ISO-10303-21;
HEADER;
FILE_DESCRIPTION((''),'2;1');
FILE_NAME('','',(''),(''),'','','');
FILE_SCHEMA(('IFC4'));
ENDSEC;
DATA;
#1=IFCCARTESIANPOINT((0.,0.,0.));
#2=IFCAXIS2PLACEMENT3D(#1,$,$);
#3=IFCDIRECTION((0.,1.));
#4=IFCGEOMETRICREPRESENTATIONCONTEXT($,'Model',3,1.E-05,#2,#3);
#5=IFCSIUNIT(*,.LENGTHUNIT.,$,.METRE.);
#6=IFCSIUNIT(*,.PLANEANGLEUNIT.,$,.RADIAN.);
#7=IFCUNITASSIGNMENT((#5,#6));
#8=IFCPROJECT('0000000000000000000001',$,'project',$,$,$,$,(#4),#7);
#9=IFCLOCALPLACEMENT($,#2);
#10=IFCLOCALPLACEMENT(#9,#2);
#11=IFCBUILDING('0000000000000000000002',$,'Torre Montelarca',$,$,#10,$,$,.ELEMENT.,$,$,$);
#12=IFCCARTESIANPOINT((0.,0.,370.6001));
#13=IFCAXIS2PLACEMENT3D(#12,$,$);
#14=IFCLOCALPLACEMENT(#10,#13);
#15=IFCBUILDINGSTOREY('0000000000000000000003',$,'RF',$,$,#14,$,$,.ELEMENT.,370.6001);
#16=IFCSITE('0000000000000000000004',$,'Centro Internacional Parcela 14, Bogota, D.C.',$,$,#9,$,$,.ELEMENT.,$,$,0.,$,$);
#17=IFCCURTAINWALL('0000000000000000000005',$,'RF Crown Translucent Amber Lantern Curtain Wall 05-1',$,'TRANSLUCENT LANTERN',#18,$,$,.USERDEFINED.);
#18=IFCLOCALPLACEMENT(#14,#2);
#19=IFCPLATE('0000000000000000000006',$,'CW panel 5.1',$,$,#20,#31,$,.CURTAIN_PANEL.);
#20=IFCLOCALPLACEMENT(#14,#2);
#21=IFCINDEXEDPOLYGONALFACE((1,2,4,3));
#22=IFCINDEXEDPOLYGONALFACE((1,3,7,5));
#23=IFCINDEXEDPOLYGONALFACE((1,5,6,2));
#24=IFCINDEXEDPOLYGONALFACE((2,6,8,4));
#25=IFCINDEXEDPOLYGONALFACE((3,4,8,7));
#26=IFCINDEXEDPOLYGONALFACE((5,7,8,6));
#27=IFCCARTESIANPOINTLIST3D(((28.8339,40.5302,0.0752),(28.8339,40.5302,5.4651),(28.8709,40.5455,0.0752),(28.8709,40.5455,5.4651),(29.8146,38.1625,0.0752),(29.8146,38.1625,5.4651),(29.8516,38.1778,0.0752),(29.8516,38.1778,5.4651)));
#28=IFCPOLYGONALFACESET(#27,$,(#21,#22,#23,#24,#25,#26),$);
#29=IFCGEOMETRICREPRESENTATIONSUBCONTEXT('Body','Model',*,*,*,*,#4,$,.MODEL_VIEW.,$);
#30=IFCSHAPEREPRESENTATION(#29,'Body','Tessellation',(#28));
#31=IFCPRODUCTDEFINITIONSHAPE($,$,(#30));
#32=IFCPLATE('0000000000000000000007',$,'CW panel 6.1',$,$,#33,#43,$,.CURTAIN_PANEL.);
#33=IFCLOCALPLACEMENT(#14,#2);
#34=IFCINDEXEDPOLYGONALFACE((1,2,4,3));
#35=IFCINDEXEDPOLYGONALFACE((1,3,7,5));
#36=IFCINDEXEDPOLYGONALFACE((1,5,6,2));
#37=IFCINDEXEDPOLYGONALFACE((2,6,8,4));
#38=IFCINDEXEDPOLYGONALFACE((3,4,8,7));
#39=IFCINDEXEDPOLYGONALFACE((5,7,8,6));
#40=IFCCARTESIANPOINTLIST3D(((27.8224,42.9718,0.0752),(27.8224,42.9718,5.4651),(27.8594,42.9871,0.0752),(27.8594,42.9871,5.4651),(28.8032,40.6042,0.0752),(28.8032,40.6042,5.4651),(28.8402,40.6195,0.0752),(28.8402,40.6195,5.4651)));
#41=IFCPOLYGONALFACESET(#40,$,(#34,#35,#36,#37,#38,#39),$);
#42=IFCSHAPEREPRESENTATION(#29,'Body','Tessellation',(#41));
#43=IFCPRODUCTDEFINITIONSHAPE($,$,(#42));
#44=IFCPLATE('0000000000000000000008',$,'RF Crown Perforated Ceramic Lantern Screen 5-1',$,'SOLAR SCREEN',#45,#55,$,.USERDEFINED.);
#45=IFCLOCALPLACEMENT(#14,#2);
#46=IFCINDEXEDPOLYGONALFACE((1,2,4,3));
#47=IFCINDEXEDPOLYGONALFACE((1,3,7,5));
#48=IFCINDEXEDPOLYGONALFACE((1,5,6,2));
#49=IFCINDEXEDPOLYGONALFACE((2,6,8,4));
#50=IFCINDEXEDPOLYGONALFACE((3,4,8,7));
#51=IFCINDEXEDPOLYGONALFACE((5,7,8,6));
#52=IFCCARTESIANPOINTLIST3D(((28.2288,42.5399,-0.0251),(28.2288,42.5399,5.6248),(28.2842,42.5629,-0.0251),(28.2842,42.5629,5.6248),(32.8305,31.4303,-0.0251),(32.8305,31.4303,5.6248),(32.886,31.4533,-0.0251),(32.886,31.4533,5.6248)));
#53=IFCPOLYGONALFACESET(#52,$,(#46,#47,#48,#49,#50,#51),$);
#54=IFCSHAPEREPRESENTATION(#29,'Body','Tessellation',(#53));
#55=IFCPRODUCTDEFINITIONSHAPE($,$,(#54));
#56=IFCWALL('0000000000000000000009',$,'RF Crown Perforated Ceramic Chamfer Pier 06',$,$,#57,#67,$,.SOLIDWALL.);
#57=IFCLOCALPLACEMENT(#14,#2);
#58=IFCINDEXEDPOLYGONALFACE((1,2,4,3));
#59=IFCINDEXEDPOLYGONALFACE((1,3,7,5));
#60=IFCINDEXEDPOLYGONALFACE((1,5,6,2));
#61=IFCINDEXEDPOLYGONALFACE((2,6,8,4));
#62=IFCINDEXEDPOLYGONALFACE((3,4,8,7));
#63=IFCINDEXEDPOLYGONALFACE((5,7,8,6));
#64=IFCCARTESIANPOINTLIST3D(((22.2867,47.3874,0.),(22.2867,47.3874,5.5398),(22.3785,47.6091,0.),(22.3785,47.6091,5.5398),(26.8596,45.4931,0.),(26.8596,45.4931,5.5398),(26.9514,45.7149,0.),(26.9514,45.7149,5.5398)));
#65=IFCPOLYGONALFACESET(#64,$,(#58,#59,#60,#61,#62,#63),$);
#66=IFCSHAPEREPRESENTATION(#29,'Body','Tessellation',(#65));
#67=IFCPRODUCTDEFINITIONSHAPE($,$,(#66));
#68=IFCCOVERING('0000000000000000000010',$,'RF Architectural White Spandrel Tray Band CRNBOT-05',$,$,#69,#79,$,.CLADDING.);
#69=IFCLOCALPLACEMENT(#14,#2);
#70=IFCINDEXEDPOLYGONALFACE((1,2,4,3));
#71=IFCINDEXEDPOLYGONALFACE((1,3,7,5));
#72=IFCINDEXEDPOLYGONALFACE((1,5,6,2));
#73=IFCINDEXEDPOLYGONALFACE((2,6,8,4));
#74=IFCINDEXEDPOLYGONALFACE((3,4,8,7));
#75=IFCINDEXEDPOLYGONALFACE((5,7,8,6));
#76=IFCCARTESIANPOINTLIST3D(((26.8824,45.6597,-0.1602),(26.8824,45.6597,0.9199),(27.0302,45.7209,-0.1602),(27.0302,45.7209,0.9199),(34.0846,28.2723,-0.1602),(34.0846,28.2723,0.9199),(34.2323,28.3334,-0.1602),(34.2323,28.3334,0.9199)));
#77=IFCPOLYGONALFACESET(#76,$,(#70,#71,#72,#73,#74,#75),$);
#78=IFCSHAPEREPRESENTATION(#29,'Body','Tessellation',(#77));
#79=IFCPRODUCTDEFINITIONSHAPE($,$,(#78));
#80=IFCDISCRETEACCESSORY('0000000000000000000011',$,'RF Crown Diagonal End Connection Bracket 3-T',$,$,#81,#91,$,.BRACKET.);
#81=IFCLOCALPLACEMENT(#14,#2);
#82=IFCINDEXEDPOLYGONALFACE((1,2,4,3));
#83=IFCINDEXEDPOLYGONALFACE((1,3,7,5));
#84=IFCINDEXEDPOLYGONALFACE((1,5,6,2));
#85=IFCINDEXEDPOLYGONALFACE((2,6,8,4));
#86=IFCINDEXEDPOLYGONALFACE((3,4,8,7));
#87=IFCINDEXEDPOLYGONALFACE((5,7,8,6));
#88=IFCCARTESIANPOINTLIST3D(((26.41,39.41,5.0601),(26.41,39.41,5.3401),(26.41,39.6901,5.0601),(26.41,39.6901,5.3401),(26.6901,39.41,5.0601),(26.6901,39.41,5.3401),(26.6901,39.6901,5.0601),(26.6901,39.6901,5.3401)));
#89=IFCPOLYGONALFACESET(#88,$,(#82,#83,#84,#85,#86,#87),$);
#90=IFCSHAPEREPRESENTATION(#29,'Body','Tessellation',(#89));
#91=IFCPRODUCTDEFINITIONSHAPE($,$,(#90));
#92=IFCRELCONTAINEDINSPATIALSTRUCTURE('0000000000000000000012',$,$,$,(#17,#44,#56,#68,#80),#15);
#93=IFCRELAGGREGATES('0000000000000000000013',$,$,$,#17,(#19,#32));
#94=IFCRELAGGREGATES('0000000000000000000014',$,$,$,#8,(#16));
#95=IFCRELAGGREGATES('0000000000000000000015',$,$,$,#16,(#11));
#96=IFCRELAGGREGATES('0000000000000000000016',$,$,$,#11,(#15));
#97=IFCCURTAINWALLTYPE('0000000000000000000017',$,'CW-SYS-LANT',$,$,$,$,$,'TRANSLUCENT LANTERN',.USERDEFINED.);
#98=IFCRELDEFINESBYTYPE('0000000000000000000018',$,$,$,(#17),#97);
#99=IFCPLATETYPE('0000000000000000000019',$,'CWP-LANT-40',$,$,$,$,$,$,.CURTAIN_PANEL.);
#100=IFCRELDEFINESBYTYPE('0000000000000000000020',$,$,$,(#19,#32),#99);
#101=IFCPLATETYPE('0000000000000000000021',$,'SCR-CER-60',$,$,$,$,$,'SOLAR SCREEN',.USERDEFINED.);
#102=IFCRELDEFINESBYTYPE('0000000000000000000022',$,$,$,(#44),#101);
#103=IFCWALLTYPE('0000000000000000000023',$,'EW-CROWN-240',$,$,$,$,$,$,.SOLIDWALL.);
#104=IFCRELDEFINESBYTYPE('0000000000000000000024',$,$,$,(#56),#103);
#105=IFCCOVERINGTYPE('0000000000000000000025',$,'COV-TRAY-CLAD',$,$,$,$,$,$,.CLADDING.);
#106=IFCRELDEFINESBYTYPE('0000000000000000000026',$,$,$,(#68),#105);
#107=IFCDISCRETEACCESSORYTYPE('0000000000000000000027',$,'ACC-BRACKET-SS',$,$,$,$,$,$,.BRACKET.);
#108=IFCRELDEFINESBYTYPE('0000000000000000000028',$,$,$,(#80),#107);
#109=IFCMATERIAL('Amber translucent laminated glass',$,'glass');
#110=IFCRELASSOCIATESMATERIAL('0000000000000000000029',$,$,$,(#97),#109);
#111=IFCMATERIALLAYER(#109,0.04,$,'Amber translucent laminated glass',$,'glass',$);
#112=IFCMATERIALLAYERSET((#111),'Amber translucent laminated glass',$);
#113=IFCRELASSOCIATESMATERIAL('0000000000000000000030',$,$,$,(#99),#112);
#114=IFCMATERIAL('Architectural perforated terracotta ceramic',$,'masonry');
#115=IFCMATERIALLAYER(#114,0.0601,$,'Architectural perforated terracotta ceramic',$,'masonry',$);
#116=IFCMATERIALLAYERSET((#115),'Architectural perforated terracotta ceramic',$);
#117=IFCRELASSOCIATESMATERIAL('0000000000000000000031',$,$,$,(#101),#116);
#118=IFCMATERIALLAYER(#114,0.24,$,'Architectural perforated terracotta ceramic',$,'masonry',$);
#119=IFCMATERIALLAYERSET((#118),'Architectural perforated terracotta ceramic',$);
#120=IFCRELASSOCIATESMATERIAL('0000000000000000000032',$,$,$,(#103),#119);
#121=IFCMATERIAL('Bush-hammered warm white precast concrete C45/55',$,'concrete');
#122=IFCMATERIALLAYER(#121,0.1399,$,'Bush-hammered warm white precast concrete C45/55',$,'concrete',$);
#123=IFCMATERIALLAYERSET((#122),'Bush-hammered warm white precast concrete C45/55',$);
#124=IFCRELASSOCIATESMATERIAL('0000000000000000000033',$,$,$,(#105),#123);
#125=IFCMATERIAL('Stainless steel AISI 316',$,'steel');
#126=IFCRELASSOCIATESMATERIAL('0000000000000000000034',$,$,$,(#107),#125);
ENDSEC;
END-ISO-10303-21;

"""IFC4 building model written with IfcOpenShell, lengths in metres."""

from ifc_helpers import new_model, si_unit, direction, frame, frame_2d, origin, origin_2d, place, context, subcontext, project, spatial, rectangle, extrude, source, transform, mapped, material, layer, layer_set, type_object, element, aggregate, save


model = new_model("IFC4")

# Units and contexts
model_context = context("Model", 3, precision=1e-05, world=origin(), true_north=direction((0.0, 1.0)))
body_context = subcontext(model_context, "Body", "Model", "MODEL_VIEW")
ifc_project = project(units=[si_unit("LENGTHUNIT", "METRE"), si_unit("PLANEANGLEUNIT", "RADIAN")], contexts=[model_context])

# Site, building, storey
site_placement = place(None, origin())
site = spatial("IfcSite", under=ifc_project, at=site_placement, Name="Centro Internacional Parcela 14, Bogota, D.C.", CompositionType="ELEMENT", RefElevation=0.0)
building_placement = place(site_placement, origin())
building = spatial("IfcBuilding", under=site, at=building_placement, Name="Torre Montelarca", CompositionType="ELEMENT")
storey_placement = place(building_placement, frame((0.0, 0.0, 370.6001)))
storey = spatial("IfcBuildingStorey", under=building, at=storey_placement, Name="RF", CompositionType="ELEMENT", Elevation=370.6001)

# Curtain wall, plates
ifc_material_1 = material(Name="Amber translucent laminated glass", Category="glass")
curtain_wall_type = type_object("IfcCurtainWallType", Name="CW-SYS-LANT", ElementType="TRANSLUCENT LANTERN", PredefinedType="USERDEFINED", material=ifc_material_1)
curtain_wall_placement = place(storey_placement, origin())
curtain_wall = element("IfcCurtainWall", 1, at=curtain_wall_placement, inside=storey, type_object=curtain_wall_type, Name="RF Crown Translucent Amber Lantern Curtain Wall 05-1", ObjectType="TRANSLUCENT LANTERN", PredefinedType="USERDEFINED")
ifc_layer_1 = layer(ifc_material_1, 0.04, Name="Amber translucent laminated glass", Category="glass")
ifc_layer_set_1 = layer_set([ifc_layer_1], Name="Amber translucent laminated glass")
plate_type_1 = type_object("IfcPlateType", Name="CWP-LANT-40", PredefinedType="CURTAIN_PANEL", material=ifc_layer_set_1)
shared_shape_1 = source(origin(), body_context, "Body", "SweptSolid", [
    extrude(rectangle(XDim=2.5627, YDim=0.04, at=origin_2d()), origin(), (0.0, 0.0, 1.0), 5.3899),
])
plate_1_placement = place(storey_placement, frame((29.3428, 39.354, 0.0752), z_axis=(0.0, 0.0, 1.0), x_axis=(-0.382687, 0.923878, 0.0)))
plate_1 = element("IfcPlate", 2, at=plate_1_placement, type_object=plate_type_1, Name="CW panel 5.1", PredefinedType="CURTAIN_PANEL", context=body_context, shape_type="MappedRepresentation", body=[
    mapped(shared_shape_1, transform((0.0, 0.0, 0.0), scale=1.0)),
])
plate_2_placement = place(storey_placement, frame((28.3313, 41.7957, 0.0752), z_axis=(0.0, 0.0, 1.0), x_axis=(-0.382687, 0.923878, 0.0)))
plate_2 = element("IfcPlate", 3, at=plate_2_placement, type_object=plate_type_1, Name="CW panel 6.1", PredefinedType="CURTAIN_PANEL", context=body_context, shape_type="MappedRepresentation", body=[
    mapped(shared_shape_1, transform((0.0, 0.0, 0.0), scale=1.0)),
])
aggregate(curtain_wall, [plate_1, plate_2])

# Plate
ifc_material_2 = material(Name="Architectural perforated terracotta ceramic", Category="masonry")
ifc_layer_2 = layer(ifc_material_2, 0.0601, Name="Architectural perforated terracotta ceramic", Category="masonry")
ifc_layer_set_2 = layer_set([ifc_layer_2], Name="Architectural perforated terracotta ceramic")
plate_type_2 = type_object("IfcPlateType", Name="SCR-CER-60", ElementType="SOLAR SCREEN", PredefinedType="USERDEFINED", material=ifc_layer_set_2)
shared_shape_2 = source(origin(), body_context, "Body", "SweptSolid", [
    extrude(rectangle(XDim=12.0249, YDim=0.0601, at=origin_2d()), origin(), (0.0, 0.0, 1.0), 5.6499),
])
plate_3_placement = place(storey_placement, frame((30.5574, 36.9966, -0.0251), z_axis=(0.0, 0.0, 1.0), x_axis=(-0.382685, 0.923879, 0.0)))
element("IfcPlate", 4, at=plate_3_placement, inside=storey, type_object=plate_type_2, Name="RF Crown Perforated Ceramic Lantern Screen 5-1", ObjectType="SOLAR SCREEN", PredefinedType="USERDEFINED", context=body_context, shape_type="MappedRepresentation", body=[
    mapped(shared_shape_2, transform((0.0, 0.0, 0.0), scale=1.0)),
])

# Wall
ifc_layer_3 = layer(ifc_material_2, 0.24, Name="Architectural perforated terracotta ceramic", Category="masonry")
ifc_layer_set_3 = layer_set([ifc_layer_3], Name="Architectural perforated terracotta ceramic")
wall_type = type_object("IfcWallType", Name="EW-CROWN-240", PredefinedType="SOLIDWALL", material=ifc_layer_set_3)
wall_placement = place(storey_placement, frame((26.9055, 45.604, 0.0), z_axis=(0.0, 0.0, 1.0), x_axis=(-0.923873, 0.382699, 0.0)))
element("IfcWall", 5, at=wall_placement, inside=storey, type_object=wall_type, Name="RF Crown Perforated Ceramic Chamfer Pier 06", PredefinedType="SOLIDWALL", context=body_context, shape_type="SweptSolid", body=[
    extrude(rectangle(XDim=4.9497, YDim=0.24, at=frame_2d((2.4749, 0.0))), origin(), (0.0, 0.0, 1.0), 5.5398),
])

# Covering
ifc_material_3 = material(Name="Bush-hammered warm white precast concrete C45/55", Category="concrete")
ifc_layer_4 = layer(ifc_material_3, 0.1399, Name="Bush-hammered warm white precast concrete C45/55", Category="concrete")
ifc_layer_set_4 = layer_set([ifc_layer_4], Name="Bush-hammered warm white precast concrete C45/55")
covering_type = type_object("IfcCoveringType", Name="COV-TRAY-CLAD", PredefinedType="CLADDING", material=ifc_layer_set_4)
shared_shape_3 = source(origin(), body_context, "Body", "SweptSolid", [
    extrude(rectangle(XDim=18.8201, YDim=0.1599, at=origin_2d()), origin(), (0.0, 0.0, 1.0), 1.0801),
])
covering_placement = place(storey_placement, frame((30.5574, 36.9966, -0.1602), z_axis=(0.0, 0.0, 1.0), x_axis=(-0.382685, 0.923879, 0.0)))
element("IfcCovering", 6, at=covering_placement, inside=storey, type_object=covering_type, Name="RF Architectural White Spandrel Tray Band CRNBOT-05", PredefinedType="CLADDING", context=body_context, shape_type="MappedRepresentation", body=[
    mapped(shared_shape_3, transform((0.0, 0.0, 0.0), scale=1.0)),
])

# Discrete accessory
ifc_material_4 = material(Name="Stainless steel AISI 316", Category="steel")
discrete_accessory_type = type_object("IfcDiscreteAccessoryType", Name="ACC-BRACKET-SS", PredefinedType="BRACKET", material=ifc_material_4)
shared_shape_4 = source(origin(), body_context, "Body", "SweptSolid", [
    extrude(rectangle(XDim=0.28, YDim=0.28, at=origin_2d()), origin(), (0.0, 0.0, 1.0), 0.28),
])
discrete_accessory_placement = place(storey_placement, frame((26.55, 39.55, 5.0601), z_axis=(0.0, 0.0, 1.0), x_axis=(1.0, 0.0, 0.0)))
element("IfcDiscreteAccessory", 7, at=discrete_accessory_placement, inside=storey, type_object=discrete_accessory_type, Name="RF Crown Diagonal End Connection Bracket 3-T", PredefinedType="BRACKET", context=body_context, shape_type="MappedRepresentation", body=[
    mapped(shared_shape_4, transform((0.0, 0.0, 0.0), scale=1.0)),
])

save(model, "model.ifc")
